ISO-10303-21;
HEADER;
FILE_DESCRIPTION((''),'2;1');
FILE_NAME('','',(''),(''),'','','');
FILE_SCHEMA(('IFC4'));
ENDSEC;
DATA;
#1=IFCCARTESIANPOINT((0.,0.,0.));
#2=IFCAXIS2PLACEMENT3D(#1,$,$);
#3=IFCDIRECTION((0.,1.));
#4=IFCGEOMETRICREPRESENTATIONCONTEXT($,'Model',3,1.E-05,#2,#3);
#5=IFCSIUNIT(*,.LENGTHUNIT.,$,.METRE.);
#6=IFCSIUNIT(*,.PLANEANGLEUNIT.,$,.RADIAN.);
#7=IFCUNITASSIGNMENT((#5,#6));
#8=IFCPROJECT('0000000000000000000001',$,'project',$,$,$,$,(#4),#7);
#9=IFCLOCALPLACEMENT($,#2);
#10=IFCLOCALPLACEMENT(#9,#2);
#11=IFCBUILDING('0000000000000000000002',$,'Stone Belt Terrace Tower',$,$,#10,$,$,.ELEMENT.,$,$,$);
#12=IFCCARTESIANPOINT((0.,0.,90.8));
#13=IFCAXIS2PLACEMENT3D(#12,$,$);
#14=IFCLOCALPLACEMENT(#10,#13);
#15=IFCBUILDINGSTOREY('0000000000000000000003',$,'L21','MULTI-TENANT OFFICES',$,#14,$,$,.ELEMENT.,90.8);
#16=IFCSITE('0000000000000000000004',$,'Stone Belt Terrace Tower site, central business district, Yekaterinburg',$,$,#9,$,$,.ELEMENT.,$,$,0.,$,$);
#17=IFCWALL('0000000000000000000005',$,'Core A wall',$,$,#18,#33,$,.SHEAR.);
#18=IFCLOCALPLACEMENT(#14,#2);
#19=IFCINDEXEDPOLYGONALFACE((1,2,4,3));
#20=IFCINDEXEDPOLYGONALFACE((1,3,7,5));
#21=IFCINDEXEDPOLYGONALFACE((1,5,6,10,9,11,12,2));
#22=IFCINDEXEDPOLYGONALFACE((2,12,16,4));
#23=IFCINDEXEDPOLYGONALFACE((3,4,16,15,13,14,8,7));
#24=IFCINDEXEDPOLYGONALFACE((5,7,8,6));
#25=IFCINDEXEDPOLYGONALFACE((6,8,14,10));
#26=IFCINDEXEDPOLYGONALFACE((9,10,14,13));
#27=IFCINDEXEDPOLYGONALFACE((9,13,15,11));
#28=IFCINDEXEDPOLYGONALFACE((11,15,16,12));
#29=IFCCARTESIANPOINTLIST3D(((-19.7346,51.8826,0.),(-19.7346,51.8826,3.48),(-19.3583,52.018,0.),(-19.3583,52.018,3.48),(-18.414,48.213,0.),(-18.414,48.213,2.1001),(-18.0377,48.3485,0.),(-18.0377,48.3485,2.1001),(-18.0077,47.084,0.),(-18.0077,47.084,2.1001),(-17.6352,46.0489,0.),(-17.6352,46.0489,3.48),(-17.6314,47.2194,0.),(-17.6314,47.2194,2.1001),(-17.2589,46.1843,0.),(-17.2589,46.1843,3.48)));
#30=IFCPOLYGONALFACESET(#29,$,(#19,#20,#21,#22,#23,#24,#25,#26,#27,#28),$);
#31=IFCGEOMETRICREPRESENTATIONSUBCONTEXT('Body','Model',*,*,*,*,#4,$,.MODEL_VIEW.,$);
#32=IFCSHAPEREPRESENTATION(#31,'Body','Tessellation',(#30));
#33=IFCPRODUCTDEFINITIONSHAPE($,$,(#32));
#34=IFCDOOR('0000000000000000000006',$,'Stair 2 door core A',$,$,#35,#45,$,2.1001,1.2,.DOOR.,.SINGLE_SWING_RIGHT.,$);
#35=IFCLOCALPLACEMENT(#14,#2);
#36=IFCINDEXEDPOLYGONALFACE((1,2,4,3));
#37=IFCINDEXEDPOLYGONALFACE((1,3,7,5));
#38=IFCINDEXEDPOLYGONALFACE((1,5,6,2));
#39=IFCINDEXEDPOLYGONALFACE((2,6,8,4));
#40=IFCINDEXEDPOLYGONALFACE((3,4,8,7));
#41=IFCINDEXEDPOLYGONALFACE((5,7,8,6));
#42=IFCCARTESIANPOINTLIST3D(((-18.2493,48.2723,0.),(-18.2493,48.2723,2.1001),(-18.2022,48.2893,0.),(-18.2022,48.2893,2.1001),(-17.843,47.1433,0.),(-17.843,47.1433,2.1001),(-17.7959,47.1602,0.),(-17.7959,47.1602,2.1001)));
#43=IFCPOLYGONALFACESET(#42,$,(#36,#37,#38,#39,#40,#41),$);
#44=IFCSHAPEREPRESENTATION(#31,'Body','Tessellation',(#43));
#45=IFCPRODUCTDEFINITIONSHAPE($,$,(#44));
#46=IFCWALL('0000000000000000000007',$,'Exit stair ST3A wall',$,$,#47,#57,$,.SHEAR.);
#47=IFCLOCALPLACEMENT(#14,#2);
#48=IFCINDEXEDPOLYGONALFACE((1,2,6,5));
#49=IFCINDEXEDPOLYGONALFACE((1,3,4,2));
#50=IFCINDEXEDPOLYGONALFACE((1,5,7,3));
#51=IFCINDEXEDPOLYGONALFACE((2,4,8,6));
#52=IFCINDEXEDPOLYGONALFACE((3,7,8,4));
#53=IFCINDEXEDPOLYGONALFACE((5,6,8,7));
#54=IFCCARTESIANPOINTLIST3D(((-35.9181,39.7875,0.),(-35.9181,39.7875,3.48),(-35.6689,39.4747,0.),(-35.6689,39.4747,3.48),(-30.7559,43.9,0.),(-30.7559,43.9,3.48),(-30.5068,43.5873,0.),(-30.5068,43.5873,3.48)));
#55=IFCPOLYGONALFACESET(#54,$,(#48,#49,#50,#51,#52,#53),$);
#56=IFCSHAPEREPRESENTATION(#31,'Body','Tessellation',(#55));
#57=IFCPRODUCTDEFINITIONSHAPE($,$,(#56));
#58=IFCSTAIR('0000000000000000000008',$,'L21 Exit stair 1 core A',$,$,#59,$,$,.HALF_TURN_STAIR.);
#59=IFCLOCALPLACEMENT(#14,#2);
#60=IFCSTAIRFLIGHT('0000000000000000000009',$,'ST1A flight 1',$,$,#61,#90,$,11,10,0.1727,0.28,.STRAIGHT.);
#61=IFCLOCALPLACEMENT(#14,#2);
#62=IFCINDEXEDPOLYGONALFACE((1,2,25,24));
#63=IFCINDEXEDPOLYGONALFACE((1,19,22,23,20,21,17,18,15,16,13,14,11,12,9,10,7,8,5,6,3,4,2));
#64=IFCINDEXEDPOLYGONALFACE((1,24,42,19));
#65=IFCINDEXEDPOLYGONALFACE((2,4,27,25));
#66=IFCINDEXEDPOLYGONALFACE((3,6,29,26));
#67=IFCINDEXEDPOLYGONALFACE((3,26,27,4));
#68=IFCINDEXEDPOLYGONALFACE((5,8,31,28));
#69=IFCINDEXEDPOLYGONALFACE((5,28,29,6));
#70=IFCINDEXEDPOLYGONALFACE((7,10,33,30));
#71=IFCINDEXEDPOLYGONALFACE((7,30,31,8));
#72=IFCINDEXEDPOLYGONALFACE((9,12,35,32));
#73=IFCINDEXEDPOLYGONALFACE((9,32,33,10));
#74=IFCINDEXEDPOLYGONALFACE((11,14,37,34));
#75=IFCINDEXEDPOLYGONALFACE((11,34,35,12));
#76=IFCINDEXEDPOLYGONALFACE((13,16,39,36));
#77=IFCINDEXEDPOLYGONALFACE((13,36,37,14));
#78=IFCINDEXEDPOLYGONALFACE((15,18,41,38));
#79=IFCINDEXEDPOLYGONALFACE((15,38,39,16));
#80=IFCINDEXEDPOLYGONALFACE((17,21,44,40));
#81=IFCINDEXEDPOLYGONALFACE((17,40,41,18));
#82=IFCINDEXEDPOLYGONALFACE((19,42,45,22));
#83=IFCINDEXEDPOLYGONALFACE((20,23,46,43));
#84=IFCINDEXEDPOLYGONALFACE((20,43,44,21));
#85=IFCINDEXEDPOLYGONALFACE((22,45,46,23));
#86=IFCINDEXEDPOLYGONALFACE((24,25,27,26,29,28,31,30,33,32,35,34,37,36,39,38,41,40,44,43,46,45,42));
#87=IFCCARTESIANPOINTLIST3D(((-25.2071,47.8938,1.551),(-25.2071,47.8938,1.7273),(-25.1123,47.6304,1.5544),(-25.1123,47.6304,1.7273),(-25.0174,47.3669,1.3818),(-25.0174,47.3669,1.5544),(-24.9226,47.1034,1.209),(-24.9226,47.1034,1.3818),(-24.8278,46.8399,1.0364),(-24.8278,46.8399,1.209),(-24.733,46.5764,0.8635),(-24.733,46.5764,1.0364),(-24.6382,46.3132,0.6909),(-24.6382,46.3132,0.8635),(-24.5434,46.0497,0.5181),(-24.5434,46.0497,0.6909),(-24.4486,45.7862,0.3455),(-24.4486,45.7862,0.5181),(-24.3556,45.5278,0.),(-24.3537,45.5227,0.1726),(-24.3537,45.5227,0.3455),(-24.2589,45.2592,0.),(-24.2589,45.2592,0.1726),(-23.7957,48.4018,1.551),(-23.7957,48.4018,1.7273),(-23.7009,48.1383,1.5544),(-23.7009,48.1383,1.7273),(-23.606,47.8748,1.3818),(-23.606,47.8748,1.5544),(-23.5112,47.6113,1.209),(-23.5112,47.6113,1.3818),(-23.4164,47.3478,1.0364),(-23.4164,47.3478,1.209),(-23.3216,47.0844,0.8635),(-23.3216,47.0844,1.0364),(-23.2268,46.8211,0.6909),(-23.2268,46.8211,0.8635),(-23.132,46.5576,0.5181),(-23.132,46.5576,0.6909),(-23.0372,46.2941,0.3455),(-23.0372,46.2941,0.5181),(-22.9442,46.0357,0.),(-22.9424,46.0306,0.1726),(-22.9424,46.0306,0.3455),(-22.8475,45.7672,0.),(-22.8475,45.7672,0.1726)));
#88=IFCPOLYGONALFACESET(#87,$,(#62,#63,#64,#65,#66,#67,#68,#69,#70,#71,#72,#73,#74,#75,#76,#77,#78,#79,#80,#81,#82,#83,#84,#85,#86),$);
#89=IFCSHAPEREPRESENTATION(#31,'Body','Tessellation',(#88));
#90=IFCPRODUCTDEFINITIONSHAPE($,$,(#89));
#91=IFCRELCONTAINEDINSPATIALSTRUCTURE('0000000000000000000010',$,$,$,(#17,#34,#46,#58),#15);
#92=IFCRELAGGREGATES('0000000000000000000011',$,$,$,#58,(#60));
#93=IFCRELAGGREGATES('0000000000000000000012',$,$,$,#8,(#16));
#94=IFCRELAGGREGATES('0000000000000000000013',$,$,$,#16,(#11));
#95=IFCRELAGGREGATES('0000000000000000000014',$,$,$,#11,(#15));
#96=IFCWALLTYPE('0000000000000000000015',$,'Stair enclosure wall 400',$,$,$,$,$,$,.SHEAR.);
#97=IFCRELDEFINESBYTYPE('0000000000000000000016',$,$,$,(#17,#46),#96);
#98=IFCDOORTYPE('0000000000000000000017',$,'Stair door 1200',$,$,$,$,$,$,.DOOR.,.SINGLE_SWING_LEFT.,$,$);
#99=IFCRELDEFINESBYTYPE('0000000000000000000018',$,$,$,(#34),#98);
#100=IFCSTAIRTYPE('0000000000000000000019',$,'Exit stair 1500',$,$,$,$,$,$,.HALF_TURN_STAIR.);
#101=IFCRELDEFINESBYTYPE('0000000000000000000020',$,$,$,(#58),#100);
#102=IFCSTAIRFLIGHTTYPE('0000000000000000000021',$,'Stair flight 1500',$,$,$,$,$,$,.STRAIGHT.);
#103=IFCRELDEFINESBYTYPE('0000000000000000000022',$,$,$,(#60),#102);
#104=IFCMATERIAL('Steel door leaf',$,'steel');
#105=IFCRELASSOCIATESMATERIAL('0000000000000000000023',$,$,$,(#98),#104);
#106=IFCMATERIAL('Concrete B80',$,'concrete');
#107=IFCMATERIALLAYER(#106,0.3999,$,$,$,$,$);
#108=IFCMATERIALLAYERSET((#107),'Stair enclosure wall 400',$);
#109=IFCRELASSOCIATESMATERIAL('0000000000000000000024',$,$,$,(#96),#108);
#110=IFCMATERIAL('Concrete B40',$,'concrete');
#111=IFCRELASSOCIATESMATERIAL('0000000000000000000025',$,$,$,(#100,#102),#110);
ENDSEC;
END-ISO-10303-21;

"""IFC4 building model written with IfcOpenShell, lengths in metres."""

from ifc_helpers import new_model, si_unit, direction, frame, frame_2d, origin, place, context, subcontext, project, spatial, polyline, rectangle, outline, extrude, material, layer, layer_set, type_object, element, fill, aggregate, save


model = new_model("IFC4")

# Units and contexts
model_context = context("Model", 3, precision=1e-05, world=origin(), true_north=direction((0.0, 1.0)))
body_context = subcontext(model_context, "Body", "Model", "MODEL_VIEW")
ifc_project = project(units=[si_unit("LENGTHUNIT", "METRE"), si_unit("PLANEANGLEUNIT", "RADIAN")], contexts=[model_context])

# Site, building, storey
site_placement = place(None, origin())
site = spatial("IfcSite", under=ifc_project, at=site_placement, Name="Stone Belt Terrace Tower site, central business district, Yekaterinburg", CompositionType="ELEMENT", RefElevation=0.0)
building_placement = place(site_placement, origin())
building = spatial("IfcBuilding", under=site, at=building_placement, Name="Stone Belt Terrace Tower", CompositionType="ELEMENT")
storey_placement = place(building_placement, frame((0.0, 0.0, 90.8)))
storey = spatial("IfcBuildingStorey", under=building, at=storey_placement, Name="L21", Description="MULTI-TENANT OFFICES", CompositionType="ELEMENT", Elevation=90.8)

# Shared definitions
ifc_material_1 = material(Name="Concrete B80", Category="concrete")

# Shared definitions
ifc_material_2 = material(Name="Steel door leaf", Category="steel")
door_type_1 = type_object("IfcDoorType", Name="Stair door 1200", OperationType="SINGLE_SWING_LEFT", PredefinedType="DOOR", material=ifc_material_2)

# Wall, opening, door
ifc_layer_1 = layer(ifc_material_1, 0.3999)
ifc_layer_set_1 = layer_set([ifc_layer_1], Name="Stair enclosure wall 400")
wall_type_1 = type_object("IfcWallType", Name="Stair enclosure wall 400", PredefinedType="SHEAR", material=ifc_layer_set_1)
wall_1_placement = place(storey_placement, frame((-17.447, 46.1165, 0.0), z_axis=(0.0, 0.0, 1.0), x_axis=(-0.338608, 0.940928, 0.0)))
wall_1 = element("IfcWall", 1, at=wall_1_placement, inside=storey, type_object=wall_type_1, Name="Core A wall", PredefinedType="SHEAR", context=body_context, shape_type="SweptSolid", body=[
    extrude(rectangle(XDim=6.2, YDim=0.3999, at=frame_2d((3.1001, 0.0))), origin(), (0.0, 0.0, 1.0), 3.48),
])
opening_1_placement = place(wall_1_placement, frame((1.1001, 0.0, 0.0)))
opening_1 = element("IfcOpeningElement", 2, at=opening_1_placement, cuts=wall_1, PredefinedType="OPENING", context=body_context, shape_type="SweptSolid", body=[
    extrude(rectangle(XDim=1.2, YDim=2.1001, at=frame_2d((0.6001, 1.05))), frame((0.0, 0.21, 0.0), z_axis=(0.0, -1.0, 0.0), x_axis=(1.0, 0.0, 0.0)), (0.0, 0.0, 1.0), 0.4199),
])
door_1_placement = place(opening_1_placement, origin())
door_1 = element("IfcDoor", 3, at=door_1_placement, inside=storey, type_object=door_type_1, Name="Stair 2 door core A", OperationType="SINGLE_SWING_RIGHT", OverallHeight=2.1001, OverallWidth=1.2, PredefinedType="DOOR", context=body_context, shape_type="SweptSolid", body=[
    extrude(rectangle(XDim=1.2, YDim=2.1001, at=frame_2d((0.6001, 1.05))), frame((0.0, 0.0249, 0.0), z_axis=(0.0, -1.0, 0.0), x_axis=(1.0, 0.0, 0.0)), (0.0, 0.0, 1.0), 0.05),
])
fill(opening_1, door_1)

# Wall
wall_2_placement = place(storey_placement, frame((-30.6313, 43.7437, 0.0), z_axis=(0.0, 0.0, 1.0), x_axis=(-0.782134, -0.62311, 0.0)))
element("IfcWall", 4, at=wall_2_placement, inside=storey, type_object=wall_type_1, Name="Exit stair ST3A wall", PredefinedType="SHEAR", context=body_context, shape_type="SweptSolid", body=[
    extrude(rectangle(XDim=6.6001, YDim=0.3999, at=frame_2d((3.3, 0.0))), origin(), (0.0, 0.0, 1.0), 3.48),
])

# Stair, stair flight
ifc_material_3 = material(Name="Concrete B40", Category="concrete")
stair_type = type_object("IfcStairType", Name="Exit stair 1500", PredefinedType="HALF_TURN_STAIR", material=ifc_material_3)
stair_placement = place(storey_placement, origin())
stair = element("IfcStair", 5, at=stair_placement, inside=storey, type_object=stair_type, Name="L21 Exit stair 1 core A", PredefinedType="HALF_TURN_STAIR")
stair_flight_type = type_object("IfcStairFlightType", Name="Stair flight 1500", PredefinedType="STRAIGHT", material=ifc_material_3)
stair_flight_placement = place(storey_placement, frame((-23.5532, 45.5132, 0.0), z_axis=(0.0, 0.0, 1.0), x_axis=(-0.338624, 0.940922, 0.0)))
stair_flight = element("IfcStairFlight", 6, at=stair_flight_placement, type_object=stair_flight_type, Name="ST1A flight 1", NumberOfRisers=11, NumberOfTreads=10, PredefinedType="STRAIGHT", RiserHeight=0.1727, TreadLength=0.28, context=body_context, shape_type="SweptSolid", body=[
    extrude(outline(polyline([(0.0, 0.0), (0.0, 0.1726), (0.28, 0.1726), (0.28, 0.3455), (0.5601, 0.3455), (0.5601, 0.5181), (0.8401, 0.5181), (0.8401, 0.6909), (1.1201, 0.6909), (1.1201, 0.8635), (1.3999, 0.8635), (1.3999, 1.0364), (1.6799, 1.0364), (1.6799, 1.209), (1.96, 1.209), (1.96, 1.3818), (2.24, 1.3818), (2.24, 1.5544), (2.52, 1.5544), (2.52, 1.7273), (2.8, 1.7273), (2.8, 1.8999), (2.8, 1.551), (0.2854, 0.0), (0.0, 0.0)])), frame((0.0, 0.75, 0.0), z_axis=(0.0, -1.0, 0.0), x_axis=(1.0, 0.0, 0.0)), (0.0, 0.0, 1.0), 1.5),
])
aggregate(stair, [stair_flight])

save(model, "model.ifc")
